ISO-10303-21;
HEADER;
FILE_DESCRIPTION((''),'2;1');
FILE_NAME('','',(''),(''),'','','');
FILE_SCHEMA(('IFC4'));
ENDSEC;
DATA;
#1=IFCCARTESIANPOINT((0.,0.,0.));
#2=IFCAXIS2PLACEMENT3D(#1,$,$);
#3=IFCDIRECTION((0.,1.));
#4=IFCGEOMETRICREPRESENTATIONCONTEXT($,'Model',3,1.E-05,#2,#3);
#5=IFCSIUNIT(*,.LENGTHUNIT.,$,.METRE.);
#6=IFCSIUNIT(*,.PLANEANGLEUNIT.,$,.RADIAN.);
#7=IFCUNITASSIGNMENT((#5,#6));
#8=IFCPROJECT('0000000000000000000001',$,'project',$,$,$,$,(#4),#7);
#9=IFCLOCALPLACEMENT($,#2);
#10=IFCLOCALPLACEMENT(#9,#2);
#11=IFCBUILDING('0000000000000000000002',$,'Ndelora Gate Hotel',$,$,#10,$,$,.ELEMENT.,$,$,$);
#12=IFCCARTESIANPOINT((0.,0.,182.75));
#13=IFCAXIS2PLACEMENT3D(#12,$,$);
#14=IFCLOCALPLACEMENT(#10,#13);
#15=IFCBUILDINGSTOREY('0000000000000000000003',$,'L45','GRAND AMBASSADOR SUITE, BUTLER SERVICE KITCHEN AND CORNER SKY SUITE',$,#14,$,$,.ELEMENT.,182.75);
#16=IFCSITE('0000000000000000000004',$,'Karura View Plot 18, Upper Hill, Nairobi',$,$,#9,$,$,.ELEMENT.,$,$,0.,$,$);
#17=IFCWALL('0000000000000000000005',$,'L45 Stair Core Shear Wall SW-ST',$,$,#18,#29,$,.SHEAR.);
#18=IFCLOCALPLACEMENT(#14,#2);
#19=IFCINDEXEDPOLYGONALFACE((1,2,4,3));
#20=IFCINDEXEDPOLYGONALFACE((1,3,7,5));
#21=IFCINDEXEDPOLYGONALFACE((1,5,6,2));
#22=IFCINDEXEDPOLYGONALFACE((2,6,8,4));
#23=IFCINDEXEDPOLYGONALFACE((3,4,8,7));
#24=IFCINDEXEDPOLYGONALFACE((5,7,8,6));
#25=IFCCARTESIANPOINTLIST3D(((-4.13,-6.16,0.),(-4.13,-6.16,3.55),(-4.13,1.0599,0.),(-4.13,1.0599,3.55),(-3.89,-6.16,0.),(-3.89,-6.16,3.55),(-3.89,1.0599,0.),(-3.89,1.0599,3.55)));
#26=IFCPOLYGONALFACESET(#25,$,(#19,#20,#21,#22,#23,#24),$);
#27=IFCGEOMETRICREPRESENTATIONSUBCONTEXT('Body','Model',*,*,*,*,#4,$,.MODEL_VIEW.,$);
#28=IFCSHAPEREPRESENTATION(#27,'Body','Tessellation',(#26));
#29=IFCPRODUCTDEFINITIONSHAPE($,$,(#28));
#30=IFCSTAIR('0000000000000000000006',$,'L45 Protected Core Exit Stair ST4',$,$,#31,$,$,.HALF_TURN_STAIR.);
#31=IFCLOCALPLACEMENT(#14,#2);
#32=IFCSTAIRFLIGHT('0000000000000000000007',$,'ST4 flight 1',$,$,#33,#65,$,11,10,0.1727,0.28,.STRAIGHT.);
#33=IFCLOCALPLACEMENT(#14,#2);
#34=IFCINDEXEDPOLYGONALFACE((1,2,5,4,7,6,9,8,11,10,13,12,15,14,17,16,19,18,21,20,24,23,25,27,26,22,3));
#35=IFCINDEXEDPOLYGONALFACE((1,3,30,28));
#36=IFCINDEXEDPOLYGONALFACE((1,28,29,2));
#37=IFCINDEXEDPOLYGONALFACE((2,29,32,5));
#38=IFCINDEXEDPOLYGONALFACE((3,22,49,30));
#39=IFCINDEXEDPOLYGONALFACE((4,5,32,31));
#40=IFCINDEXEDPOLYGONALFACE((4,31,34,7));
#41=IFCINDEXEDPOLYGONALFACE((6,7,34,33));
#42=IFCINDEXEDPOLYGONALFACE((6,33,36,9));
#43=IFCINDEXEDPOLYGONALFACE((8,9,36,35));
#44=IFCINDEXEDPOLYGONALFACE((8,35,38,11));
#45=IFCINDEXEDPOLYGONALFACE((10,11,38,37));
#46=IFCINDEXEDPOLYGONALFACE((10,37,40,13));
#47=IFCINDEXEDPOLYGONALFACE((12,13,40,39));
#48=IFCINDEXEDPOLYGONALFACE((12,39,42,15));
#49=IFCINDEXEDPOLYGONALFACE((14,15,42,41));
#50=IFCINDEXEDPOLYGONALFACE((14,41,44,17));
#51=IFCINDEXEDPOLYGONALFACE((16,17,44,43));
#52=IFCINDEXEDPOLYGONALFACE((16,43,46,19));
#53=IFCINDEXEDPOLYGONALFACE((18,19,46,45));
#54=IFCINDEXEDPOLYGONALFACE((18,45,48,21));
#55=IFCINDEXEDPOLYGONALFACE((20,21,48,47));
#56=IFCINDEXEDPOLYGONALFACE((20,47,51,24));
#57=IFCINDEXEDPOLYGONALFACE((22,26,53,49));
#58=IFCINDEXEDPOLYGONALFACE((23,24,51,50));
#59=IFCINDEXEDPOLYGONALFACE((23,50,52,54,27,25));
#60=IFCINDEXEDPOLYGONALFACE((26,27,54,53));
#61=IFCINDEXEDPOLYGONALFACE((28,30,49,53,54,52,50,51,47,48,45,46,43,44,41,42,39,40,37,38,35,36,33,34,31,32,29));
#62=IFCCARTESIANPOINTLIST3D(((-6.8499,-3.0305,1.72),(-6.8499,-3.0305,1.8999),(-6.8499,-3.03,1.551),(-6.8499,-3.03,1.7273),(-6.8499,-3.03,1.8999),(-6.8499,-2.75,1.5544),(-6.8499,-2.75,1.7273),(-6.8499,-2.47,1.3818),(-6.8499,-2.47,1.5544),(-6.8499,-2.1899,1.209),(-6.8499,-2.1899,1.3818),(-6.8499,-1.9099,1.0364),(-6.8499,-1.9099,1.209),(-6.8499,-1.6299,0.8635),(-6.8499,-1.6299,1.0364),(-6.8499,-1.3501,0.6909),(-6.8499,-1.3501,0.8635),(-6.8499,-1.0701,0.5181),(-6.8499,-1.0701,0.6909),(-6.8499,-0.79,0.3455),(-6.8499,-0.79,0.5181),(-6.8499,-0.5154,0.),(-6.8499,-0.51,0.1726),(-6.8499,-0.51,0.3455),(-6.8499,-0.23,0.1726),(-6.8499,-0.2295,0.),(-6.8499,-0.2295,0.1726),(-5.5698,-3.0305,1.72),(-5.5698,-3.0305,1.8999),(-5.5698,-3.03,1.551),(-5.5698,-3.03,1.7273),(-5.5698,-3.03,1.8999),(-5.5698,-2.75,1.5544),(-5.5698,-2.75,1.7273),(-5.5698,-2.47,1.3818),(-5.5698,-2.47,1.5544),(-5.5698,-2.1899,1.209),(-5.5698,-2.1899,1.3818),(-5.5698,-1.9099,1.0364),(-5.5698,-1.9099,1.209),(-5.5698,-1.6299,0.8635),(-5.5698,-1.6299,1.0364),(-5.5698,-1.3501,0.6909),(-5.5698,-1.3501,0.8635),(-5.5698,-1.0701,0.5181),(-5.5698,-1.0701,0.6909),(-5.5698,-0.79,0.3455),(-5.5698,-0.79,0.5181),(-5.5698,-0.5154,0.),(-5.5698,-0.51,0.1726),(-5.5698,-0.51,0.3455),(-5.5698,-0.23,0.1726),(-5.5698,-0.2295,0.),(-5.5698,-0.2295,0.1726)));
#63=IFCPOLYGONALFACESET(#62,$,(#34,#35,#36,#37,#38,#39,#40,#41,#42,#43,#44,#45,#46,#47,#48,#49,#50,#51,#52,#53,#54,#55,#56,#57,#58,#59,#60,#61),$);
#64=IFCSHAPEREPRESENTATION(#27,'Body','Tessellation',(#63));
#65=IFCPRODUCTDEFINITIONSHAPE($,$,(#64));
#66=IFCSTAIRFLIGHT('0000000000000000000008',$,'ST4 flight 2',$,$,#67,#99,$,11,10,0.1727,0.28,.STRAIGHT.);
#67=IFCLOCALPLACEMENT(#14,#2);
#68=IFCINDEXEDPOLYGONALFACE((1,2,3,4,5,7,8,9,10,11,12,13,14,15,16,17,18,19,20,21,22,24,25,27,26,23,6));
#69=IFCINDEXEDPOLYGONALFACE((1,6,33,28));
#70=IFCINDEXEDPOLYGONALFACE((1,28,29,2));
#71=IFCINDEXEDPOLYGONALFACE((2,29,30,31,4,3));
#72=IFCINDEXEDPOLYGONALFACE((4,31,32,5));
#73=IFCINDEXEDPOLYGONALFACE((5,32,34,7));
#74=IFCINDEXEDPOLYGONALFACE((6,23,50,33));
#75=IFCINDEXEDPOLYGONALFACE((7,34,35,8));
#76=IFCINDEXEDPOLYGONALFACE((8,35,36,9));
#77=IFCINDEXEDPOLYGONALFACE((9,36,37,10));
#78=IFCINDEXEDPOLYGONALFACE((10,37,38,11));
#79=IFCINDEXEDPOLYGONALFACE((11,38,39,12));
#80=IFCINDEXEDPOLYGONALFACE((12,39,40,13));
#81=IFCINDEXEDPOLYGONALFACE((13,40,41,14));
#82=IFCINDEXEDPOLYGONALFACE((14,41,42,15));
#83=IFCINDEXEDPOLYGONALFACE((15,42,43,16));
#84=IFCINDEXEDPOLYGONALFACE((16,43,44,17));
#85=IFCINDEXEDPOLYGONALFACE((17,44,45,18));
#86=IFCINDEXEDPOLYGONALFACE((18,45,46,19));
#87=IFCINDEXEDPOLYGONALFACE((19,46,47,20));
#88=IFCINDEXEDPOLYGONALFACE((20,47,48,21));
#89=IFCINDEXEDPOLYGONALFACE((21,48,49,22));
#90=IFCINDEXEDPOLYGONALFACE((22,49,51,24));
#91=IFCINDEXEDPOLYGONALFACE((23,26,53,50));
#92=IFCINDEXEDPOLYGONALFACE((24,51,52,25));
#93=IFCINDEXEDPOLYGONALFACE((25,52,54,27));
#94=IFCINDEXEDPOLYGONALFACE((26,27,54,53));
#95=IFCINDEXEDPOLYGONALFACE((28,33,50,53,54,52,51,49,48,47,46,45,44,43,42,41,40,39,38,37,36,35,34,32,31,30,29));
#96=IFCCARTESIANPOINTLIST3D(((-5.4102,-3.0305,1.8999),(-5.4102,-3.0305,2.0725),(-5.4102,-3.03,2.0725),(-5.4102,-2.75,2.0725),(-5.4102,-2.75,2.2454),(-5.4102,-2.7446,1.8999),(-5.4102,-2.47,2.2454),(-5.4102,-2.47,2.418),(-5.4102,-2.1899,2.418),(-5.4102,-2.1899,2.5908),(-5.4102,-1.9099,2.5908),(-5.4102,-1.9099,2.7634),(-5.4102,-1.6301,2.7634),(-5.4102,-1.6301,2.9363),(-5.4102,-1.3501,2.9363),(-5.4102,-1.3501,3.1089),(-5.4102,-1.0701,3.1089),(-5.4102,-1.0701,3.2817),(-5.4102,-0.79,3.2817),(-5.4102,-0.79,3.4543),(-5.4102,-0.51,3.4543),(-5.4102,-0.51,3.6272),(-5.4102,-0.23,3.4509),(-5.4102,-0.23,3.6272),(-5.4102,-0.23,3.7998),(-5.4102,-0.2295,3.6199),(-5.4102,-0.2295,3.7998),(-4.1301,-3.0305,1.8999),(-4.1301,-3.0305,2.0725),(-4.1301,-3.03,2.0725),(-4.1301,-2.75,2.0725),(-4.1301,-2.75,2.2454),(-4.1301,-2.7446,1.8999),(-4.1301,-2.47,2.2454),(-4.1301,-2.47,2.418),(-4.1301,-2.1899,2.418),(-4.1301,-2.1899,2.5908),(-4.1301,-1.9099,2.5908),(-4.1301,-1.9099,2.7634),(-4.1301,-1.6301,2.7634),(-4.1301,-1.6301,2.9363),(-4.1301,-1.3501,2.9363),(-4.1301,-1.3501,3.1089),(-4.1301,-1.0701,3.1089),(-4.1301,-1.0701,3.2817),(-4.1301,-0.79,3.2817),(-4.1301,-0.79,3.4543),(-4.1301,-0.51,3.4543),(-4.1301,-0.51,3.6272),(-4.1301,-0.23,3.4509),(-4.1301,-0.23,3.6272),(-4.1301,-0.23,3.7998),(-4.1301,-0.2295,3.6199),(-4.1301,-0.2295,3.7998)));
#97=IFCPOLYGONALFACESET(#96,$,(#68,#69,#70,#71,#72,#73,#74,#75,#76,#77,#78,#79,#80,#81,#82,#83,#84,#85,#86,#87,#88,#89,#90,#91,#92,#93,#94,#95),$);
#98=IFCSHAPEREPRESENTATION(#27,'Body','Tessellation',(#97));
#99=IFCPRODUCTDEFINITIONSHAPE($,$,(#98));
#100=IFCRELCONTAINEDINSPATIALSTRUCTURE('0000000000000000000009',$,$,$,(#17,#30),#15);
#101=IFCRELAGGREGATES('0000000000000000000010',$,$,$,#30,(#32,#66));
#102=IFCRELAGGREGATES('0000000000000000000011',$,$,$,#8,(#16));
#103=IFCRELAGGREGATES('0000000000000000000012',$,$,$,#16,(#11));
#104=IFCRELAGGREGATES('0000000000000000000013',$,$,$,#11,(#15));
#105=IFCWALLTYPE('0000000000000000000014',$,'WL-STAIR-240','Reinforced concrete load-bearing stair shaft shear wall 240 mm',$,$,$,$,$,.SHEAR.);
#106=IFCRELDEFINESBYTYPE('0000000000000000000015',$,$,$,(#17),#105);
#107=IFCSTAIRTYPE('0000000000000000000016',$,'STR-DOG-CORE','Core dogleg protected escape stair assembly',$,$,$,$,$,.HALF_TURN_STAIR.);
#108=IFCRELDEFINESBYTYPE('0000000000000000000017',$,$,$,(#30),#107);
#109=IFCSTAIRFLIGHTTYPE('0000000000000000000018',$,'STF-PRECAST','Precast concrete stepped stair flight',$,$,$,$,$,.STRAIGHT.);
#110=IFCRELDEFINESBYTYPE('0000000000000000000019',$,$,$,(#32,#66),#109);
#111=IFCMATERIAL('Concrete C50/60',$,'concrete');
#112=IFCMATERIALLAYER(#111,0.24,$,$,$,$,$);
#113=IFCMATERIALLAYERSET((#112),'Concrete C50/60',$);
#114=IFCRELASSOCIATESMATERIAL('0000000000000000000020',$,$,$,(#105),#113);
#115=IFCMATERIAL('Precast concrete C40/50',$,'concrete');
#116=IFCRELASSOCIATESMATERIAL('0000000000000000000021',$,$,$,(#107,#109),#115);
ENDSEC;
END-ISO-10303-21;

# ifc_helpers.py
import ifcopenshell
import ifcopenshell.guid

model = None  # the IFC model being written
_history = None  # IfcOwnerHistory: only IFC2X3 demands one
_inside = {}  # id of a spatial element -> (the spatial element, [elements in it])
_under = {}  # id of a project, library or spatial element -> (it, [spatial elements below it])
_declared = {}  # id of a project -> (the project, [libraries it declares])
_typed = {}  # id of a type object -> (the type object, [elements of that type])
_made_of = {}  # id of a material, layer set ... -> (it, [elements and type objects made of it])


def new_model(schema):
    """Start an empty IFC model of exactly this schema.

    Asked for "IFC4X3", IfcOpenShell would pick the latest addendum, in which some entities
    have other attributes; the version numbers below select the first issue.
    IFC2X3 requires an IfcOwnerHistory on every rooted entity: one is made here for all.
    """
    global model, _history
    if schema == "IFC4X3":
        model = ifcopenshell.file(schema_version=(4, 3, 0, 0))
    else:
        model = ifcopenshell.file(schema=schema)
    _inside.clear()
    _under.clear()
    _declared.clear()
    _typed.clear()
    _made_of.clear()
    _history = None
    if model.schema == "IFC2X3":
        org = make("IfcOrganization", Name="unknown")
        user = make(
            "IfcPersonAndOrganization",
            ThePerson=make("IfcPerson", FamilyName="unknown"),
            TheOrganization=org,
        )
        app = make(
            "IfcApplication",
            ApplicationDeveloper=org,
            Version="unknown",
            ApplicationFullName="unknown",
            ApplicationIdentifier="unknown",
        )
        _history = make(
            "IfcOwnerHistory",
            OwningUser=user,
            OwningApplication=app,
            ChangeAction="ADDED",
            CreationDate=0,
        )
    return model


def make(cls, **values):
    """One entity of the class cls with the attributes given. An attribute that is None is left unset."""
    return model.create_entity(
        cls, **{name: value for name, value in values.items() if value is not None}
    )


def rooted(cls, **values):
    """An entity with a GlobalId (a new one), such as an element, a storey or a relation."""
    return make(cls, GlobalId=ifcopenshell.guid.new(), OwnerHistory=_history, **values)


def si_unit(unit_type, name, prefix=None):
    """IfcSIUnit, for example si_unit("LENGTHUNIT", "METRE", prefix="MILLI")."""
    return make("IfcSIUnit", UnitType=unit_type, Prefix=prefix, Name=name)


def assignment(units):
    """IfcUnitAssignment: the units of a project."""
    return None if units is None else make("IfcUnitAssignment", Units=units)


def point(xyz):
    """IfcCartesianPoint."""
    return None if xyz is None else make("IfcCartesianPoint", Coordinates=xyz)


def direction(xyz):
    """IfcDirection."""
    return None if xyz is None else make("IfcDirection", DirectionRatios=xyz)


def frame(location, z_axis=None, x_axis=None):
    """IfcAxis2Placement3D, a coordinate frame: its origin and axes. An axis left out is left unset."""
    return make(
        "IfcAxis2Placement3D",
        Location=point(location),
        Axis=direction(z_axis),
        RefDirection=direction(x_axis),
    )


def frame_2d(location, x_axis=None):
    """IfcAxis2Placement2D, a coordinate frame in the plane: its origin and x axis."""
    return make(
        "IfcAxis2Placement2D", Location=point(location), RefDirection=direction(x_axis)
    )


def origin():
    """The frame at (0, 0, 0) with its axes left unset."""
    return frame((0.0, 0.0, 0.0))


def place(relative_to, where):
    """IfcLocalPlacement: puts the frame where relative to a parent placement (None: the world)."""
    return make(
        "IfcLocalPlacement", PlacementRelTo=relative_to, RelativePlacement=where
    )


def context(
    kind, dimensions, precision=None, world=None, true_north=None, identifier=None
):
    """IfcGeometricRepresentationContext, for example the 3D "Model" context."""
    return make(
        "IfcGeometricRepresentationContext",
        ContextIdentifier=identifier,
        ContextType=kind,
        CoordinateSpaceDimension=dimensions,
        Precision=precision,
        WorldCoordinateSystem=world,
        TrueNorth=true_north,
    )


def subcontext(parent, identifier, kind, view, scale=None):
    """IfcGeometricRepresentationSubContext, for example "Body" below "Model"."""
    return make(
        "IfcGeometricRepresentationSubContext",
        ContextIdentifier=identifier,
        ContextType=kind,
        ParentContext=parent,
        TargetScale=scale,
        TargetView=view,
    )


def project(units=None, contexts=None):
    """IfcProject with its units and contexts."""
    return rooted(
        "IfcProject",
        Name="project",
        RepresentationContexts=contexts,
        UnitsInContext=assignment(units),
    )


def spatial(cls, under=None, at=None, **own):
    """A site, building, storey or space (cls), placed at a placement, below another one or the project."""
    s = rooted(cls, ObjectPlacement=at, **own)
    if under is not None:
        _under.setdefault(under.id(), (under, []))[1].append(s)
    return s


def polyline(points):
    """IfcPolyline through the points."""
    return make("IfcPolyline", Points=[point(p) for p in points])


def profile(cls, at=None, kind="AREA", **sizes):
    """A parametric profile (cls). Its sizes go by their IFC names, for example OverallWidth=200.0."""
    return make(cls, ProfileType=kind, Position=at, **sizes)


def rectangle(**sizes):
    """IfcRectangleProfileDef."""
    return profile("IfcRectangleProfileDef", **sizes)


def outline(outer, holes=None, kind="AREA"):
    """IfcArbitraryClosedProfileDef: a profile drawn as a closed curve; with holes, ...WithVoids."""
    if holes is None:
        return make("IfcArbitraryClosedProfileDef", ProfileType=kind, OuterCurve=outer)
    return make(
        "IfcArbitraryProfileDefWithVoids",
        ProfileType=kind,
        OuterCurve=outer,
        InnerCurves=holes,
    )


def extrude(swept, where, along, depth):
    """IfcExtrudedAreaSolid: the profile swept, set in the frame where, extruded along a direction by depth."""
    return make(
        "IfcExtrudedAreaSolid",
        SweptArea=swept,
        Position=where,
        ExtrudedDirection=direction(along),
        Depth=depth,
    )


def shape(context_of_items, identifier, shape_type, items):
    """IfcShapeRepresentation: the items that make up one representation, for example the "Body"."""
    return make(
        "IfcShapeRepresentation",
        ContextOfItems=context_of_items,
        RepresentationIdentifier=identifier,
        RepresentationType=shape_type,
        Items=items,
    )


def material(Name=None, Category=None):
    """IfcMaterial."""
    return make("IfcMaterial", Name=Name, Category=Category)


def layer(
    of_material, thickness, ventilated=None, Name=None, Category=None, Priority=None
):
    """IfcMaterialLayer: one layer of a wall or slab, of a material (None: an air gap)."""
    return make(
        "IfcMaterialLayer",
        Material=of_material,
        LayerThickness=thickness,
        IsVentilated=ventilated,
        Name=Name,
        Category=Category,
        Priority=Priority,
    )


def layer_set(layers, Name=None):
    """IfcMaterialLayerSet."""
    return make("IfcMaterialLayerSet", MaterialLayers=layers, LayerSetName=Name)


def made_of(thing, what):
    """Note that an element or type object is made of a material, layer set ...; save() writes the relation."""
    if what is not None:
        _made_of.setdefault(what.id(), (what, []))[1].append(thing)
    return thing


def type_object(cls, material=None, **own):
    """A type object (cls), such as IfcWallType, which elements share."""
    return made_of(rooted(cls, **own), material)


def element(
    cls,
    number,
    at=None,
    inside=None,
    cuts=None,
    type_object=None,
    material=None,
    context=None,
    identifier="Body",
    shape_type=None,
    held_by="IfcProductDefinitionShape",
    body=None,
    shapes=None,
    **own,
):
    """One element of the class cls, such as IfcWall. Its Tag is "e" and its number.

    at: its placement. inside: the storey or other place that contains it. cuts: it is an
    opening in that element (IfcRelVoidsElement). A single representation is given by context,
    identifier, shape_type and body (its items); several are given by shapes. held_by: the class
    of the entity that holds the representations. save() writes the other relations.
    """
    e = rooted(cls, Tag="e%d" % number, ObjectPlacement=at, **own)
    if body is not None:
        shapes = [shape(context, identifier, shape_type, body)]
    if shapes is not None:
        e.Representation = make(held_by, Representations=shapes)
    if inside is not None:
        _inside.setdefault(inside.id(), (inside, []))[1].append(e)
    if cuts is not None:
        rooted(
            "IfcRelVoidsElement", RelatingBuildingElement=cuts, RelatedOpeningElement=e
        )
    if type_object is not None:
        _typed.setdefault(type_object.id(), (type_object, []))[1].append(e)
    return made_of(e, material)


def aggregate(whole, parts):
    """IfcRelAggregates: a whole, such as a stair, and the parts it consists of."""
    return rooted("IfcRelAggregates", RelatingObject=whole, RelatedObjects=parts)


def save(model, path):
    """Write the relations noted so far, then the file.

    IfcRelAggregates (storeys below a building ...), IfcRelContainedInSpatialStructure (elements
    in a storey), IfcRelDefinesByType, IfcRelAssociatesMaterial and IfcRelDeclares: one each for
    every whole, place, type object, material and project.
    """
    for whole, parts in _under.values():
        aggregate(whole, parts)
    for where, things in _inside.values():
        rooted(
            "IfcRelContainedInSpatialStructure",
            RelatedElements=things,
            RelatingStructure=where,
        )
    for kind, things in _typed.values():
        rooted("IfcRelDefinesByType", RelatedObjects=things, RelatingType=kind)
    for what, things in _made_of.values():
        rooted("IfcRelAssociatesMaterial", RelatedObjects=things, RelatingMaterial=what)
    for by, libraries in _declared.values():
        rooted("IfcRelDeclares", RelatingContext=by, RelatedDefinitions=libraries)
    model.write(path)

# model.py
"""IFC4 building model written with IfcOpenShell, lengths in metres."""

from ifc_helpers import new_model, si_unit, direction, frame, frame_2d, origin, place, context, subcontext, project, spatial, polyline, rectangle, outline, extrude, material, layer, layer_set, type_object, element, aggregate, save


model = new_model("IFC4")

# Units and contexts
model_context = context("Model", 3, precision=1e-05, world=origin(), true_north=direction((0.0, 1.0)))
body_context = subcontext(model_context, "Body", "Model", "MODEL_VIEW")
ifc_project = project(units=[si_unit("LENGTHUNIT", "METRE"), si_unit("PLANEANGLEUNIT", "RADIAN")], contexts=[model_context])

# Site, building, storey
site_placement = place(None, origin())
site = spatial("IfcSite", under=ifc_project, at=site_placement, Name="Karura View Plot 18, Upper Hill, Nairobi", CompositionType="ELEMENT", RefElevation=0.0)
building_placement = place(site_placement, origin())
building = spatial("IfcBuilding", under=site, at=building_placement, Name="Ndelora Gate Hotel", CompositionType="ELEMENT")
storey_placement = place(building_placement, frame((0.0, 0.0, 182.75)))
storey = spatial("IfcBuildingStorey", under=building, at=storey_placement, Name="L45", Description="GRAND AMBASSADOR SUITE, BUTLER SERVICE KITCHEN AND CORNER SKY SUITE", CompositionType="ELEMENT", Elevation=182.75)

# Wall
ifc_material_1 = material(Name="Concrete C50/60", Category="concrete")
ifc_layer_1 = layer(ifc_material_1, 0.24)
ifc_layer_set_1 = layer_set([ifc_layer_1], Name="Concrete C50/60")
wall_type_1 = type_object("IfcWallType", Name="WL-STAIR-240", Description="Reinforced concrete load-bearing stair shaft shear wall 240 mm", PredefinedType="SHEAR", material=ifc_layer_set_1)
for number, where, z_axis, x_axis, name in (
    (1, (-4.01, -6.1599, 0.0), (0.0, 0.0, 1.0), (0.0, 1.0, 0.0), "L45 Stair Core Shear Wall SW-ST"),
):
    element("IfcWall", number, at=place(storey_placement, frame(where, z_axis=z_axis, x_axis=x_axis)), inside=storey, type_object=wall_type_1, Name=name, PredefinedType="SHEAR", context=body_context, shape_type="SweptSolid", body=[
        extrude(rectangle(XDim=7.22, YDim=0.24, at=frame_2d((3.6099, 0.0))), origin(), (0.0, 0.0, 1.0), 3.55),
    ])

# Stair, stair flights
ifc_material_2 = material(Name="Precast concrete C40/50", Category="concrete")
stair_type = type_object("IfcStairType", Name="STR-DOG-CORE", Description="Core dogleg protected escape stair assembly", PredefinedType="HALF_TURN_STAIR", material=ifc_material_2)
stair_placement = place(storey_placement, origin())
stair = element("IfcStair", 2, at=stair_placement, inside=storey, type_object=stair_type, Name="L45 Protected Core Exit Stair ST4", PredefinedType="HALF_TURN_STAIR")
stair_flight_type = type_object("IfcStairFlightType", Name="STF-PRECAST", Description="Precast concrete stepped stair flight", PredefinedType="STRAIGHT", material=ifc_material_2)
stair_flight_1_placement = place(storey_placement, frame((-6.21, -0.23, 0.0), z_axis=(0.0, 0.0, 1.0), x_axis=(0.0, -1.0, 0.0)))
stair_flight_1 = element("IfcStairFlight", 3, at=stair_flight_1_placement, type_object=stair_flight_type, Name="ST4 flight 1", NumberOfRisers=11, NumberOfTreads=10, PredefinedType="STRAIGHT", RiserHeight=0.1727, TreadLength=0.28, context=body_context, shape_type="SweptSolid", body=[
    extrude(outline(polyline([(-0.0005, 0.0), (-0.0005, 0.1726), (0.0, 0.1726), (0.28, 0.1726), (0.28, 0.3455), (0.5601, 0.3455), (0.5601, 0.5181), (0.8401, 0.5181), (0.8401, 0.6909), (1.1201, 0.6909), (1.1201, 0.8635), (1.3999, 0.8635), (1.3999, 1.0364), (1.6799, 1.0364), (1.6799, 1.209), (1.96, 1.209), (1.96, 1.3818), (2.24, 1.3818), (2.24, 1.5544), (2.52, 1.5544), (2.52, 1.7273), (2.8, 1.7273), (2.8, 1.8999), (2.8005, 1.8999), (2.8005, 1.72), (2.8, 1.551), (0.2854, 0.0), (-0.0005, 0.0)])), frame((0.0, 0.6401, 0.0), z_axis=(0.0, -1.0, 0.0), x_axis=(1.0, 0.0, 0.0)), (0.0, 0.0, 1.0), 1.28),
])
stair_flight_2_placement = place(storey_placement, frame((-4.77, -3.03, 1.8999), z_axis=(0.0, 0.0, 1.0), x_axis=(0.0, 1.0, 0.0)))
stair_flight_2 = element("IfcStairFlight", 4, at=stair_flight_2_placement, type_object=stair_flight_type, Name="ST4 flight 2", NumberOfRisers=11, NumberOfTreads=10, PredefinedType="STRAIGHT", RiserHeight=0.1727, TreadLength=0.28, context=body_context, shape_type="SweptSolid", body=[
    extrude(outline(polyline([(-0.0005, 0.0), (-0.0005, 0.1726), (0.0, 0.1726), (0.28, 0.1726), (0.28, 0.3455), (0.5601, 0.3455), (0.5601, 0.5181), (0.8401, 0.5181), (0.8401, 0.6909), (1.1201, 0.6909), (1.1201, 0.8635), (1.3999, 0.8635), (1.3999, 1.0364), (1.6799, 1.0364), (1.6799, 1.209), (1.96, 1.209), (1.96, 1.3818), (2.24, 1.3818), (2.24, 1.5544), (2.52, 1.5544), (2.52, 1.7273), (2.8, 1.7273), (2.8, 1.8999), (2.8005, 1.8999), (2.8005, 1.72), (2.8, 1.551), (0.2854, 0.0), (-0.0005, 0.0)])), frame((0.0, 0.6401, 0.0), z_axis=(0.0, -1.0, 0.0), x_axis=(1.0, 0.0, 0.0)), (0.0, 0.0, 1.0), 1.28),
])
aggregate(stair, [stair_flight_1, stair_flight_2])

save(model, "model.ifc")
